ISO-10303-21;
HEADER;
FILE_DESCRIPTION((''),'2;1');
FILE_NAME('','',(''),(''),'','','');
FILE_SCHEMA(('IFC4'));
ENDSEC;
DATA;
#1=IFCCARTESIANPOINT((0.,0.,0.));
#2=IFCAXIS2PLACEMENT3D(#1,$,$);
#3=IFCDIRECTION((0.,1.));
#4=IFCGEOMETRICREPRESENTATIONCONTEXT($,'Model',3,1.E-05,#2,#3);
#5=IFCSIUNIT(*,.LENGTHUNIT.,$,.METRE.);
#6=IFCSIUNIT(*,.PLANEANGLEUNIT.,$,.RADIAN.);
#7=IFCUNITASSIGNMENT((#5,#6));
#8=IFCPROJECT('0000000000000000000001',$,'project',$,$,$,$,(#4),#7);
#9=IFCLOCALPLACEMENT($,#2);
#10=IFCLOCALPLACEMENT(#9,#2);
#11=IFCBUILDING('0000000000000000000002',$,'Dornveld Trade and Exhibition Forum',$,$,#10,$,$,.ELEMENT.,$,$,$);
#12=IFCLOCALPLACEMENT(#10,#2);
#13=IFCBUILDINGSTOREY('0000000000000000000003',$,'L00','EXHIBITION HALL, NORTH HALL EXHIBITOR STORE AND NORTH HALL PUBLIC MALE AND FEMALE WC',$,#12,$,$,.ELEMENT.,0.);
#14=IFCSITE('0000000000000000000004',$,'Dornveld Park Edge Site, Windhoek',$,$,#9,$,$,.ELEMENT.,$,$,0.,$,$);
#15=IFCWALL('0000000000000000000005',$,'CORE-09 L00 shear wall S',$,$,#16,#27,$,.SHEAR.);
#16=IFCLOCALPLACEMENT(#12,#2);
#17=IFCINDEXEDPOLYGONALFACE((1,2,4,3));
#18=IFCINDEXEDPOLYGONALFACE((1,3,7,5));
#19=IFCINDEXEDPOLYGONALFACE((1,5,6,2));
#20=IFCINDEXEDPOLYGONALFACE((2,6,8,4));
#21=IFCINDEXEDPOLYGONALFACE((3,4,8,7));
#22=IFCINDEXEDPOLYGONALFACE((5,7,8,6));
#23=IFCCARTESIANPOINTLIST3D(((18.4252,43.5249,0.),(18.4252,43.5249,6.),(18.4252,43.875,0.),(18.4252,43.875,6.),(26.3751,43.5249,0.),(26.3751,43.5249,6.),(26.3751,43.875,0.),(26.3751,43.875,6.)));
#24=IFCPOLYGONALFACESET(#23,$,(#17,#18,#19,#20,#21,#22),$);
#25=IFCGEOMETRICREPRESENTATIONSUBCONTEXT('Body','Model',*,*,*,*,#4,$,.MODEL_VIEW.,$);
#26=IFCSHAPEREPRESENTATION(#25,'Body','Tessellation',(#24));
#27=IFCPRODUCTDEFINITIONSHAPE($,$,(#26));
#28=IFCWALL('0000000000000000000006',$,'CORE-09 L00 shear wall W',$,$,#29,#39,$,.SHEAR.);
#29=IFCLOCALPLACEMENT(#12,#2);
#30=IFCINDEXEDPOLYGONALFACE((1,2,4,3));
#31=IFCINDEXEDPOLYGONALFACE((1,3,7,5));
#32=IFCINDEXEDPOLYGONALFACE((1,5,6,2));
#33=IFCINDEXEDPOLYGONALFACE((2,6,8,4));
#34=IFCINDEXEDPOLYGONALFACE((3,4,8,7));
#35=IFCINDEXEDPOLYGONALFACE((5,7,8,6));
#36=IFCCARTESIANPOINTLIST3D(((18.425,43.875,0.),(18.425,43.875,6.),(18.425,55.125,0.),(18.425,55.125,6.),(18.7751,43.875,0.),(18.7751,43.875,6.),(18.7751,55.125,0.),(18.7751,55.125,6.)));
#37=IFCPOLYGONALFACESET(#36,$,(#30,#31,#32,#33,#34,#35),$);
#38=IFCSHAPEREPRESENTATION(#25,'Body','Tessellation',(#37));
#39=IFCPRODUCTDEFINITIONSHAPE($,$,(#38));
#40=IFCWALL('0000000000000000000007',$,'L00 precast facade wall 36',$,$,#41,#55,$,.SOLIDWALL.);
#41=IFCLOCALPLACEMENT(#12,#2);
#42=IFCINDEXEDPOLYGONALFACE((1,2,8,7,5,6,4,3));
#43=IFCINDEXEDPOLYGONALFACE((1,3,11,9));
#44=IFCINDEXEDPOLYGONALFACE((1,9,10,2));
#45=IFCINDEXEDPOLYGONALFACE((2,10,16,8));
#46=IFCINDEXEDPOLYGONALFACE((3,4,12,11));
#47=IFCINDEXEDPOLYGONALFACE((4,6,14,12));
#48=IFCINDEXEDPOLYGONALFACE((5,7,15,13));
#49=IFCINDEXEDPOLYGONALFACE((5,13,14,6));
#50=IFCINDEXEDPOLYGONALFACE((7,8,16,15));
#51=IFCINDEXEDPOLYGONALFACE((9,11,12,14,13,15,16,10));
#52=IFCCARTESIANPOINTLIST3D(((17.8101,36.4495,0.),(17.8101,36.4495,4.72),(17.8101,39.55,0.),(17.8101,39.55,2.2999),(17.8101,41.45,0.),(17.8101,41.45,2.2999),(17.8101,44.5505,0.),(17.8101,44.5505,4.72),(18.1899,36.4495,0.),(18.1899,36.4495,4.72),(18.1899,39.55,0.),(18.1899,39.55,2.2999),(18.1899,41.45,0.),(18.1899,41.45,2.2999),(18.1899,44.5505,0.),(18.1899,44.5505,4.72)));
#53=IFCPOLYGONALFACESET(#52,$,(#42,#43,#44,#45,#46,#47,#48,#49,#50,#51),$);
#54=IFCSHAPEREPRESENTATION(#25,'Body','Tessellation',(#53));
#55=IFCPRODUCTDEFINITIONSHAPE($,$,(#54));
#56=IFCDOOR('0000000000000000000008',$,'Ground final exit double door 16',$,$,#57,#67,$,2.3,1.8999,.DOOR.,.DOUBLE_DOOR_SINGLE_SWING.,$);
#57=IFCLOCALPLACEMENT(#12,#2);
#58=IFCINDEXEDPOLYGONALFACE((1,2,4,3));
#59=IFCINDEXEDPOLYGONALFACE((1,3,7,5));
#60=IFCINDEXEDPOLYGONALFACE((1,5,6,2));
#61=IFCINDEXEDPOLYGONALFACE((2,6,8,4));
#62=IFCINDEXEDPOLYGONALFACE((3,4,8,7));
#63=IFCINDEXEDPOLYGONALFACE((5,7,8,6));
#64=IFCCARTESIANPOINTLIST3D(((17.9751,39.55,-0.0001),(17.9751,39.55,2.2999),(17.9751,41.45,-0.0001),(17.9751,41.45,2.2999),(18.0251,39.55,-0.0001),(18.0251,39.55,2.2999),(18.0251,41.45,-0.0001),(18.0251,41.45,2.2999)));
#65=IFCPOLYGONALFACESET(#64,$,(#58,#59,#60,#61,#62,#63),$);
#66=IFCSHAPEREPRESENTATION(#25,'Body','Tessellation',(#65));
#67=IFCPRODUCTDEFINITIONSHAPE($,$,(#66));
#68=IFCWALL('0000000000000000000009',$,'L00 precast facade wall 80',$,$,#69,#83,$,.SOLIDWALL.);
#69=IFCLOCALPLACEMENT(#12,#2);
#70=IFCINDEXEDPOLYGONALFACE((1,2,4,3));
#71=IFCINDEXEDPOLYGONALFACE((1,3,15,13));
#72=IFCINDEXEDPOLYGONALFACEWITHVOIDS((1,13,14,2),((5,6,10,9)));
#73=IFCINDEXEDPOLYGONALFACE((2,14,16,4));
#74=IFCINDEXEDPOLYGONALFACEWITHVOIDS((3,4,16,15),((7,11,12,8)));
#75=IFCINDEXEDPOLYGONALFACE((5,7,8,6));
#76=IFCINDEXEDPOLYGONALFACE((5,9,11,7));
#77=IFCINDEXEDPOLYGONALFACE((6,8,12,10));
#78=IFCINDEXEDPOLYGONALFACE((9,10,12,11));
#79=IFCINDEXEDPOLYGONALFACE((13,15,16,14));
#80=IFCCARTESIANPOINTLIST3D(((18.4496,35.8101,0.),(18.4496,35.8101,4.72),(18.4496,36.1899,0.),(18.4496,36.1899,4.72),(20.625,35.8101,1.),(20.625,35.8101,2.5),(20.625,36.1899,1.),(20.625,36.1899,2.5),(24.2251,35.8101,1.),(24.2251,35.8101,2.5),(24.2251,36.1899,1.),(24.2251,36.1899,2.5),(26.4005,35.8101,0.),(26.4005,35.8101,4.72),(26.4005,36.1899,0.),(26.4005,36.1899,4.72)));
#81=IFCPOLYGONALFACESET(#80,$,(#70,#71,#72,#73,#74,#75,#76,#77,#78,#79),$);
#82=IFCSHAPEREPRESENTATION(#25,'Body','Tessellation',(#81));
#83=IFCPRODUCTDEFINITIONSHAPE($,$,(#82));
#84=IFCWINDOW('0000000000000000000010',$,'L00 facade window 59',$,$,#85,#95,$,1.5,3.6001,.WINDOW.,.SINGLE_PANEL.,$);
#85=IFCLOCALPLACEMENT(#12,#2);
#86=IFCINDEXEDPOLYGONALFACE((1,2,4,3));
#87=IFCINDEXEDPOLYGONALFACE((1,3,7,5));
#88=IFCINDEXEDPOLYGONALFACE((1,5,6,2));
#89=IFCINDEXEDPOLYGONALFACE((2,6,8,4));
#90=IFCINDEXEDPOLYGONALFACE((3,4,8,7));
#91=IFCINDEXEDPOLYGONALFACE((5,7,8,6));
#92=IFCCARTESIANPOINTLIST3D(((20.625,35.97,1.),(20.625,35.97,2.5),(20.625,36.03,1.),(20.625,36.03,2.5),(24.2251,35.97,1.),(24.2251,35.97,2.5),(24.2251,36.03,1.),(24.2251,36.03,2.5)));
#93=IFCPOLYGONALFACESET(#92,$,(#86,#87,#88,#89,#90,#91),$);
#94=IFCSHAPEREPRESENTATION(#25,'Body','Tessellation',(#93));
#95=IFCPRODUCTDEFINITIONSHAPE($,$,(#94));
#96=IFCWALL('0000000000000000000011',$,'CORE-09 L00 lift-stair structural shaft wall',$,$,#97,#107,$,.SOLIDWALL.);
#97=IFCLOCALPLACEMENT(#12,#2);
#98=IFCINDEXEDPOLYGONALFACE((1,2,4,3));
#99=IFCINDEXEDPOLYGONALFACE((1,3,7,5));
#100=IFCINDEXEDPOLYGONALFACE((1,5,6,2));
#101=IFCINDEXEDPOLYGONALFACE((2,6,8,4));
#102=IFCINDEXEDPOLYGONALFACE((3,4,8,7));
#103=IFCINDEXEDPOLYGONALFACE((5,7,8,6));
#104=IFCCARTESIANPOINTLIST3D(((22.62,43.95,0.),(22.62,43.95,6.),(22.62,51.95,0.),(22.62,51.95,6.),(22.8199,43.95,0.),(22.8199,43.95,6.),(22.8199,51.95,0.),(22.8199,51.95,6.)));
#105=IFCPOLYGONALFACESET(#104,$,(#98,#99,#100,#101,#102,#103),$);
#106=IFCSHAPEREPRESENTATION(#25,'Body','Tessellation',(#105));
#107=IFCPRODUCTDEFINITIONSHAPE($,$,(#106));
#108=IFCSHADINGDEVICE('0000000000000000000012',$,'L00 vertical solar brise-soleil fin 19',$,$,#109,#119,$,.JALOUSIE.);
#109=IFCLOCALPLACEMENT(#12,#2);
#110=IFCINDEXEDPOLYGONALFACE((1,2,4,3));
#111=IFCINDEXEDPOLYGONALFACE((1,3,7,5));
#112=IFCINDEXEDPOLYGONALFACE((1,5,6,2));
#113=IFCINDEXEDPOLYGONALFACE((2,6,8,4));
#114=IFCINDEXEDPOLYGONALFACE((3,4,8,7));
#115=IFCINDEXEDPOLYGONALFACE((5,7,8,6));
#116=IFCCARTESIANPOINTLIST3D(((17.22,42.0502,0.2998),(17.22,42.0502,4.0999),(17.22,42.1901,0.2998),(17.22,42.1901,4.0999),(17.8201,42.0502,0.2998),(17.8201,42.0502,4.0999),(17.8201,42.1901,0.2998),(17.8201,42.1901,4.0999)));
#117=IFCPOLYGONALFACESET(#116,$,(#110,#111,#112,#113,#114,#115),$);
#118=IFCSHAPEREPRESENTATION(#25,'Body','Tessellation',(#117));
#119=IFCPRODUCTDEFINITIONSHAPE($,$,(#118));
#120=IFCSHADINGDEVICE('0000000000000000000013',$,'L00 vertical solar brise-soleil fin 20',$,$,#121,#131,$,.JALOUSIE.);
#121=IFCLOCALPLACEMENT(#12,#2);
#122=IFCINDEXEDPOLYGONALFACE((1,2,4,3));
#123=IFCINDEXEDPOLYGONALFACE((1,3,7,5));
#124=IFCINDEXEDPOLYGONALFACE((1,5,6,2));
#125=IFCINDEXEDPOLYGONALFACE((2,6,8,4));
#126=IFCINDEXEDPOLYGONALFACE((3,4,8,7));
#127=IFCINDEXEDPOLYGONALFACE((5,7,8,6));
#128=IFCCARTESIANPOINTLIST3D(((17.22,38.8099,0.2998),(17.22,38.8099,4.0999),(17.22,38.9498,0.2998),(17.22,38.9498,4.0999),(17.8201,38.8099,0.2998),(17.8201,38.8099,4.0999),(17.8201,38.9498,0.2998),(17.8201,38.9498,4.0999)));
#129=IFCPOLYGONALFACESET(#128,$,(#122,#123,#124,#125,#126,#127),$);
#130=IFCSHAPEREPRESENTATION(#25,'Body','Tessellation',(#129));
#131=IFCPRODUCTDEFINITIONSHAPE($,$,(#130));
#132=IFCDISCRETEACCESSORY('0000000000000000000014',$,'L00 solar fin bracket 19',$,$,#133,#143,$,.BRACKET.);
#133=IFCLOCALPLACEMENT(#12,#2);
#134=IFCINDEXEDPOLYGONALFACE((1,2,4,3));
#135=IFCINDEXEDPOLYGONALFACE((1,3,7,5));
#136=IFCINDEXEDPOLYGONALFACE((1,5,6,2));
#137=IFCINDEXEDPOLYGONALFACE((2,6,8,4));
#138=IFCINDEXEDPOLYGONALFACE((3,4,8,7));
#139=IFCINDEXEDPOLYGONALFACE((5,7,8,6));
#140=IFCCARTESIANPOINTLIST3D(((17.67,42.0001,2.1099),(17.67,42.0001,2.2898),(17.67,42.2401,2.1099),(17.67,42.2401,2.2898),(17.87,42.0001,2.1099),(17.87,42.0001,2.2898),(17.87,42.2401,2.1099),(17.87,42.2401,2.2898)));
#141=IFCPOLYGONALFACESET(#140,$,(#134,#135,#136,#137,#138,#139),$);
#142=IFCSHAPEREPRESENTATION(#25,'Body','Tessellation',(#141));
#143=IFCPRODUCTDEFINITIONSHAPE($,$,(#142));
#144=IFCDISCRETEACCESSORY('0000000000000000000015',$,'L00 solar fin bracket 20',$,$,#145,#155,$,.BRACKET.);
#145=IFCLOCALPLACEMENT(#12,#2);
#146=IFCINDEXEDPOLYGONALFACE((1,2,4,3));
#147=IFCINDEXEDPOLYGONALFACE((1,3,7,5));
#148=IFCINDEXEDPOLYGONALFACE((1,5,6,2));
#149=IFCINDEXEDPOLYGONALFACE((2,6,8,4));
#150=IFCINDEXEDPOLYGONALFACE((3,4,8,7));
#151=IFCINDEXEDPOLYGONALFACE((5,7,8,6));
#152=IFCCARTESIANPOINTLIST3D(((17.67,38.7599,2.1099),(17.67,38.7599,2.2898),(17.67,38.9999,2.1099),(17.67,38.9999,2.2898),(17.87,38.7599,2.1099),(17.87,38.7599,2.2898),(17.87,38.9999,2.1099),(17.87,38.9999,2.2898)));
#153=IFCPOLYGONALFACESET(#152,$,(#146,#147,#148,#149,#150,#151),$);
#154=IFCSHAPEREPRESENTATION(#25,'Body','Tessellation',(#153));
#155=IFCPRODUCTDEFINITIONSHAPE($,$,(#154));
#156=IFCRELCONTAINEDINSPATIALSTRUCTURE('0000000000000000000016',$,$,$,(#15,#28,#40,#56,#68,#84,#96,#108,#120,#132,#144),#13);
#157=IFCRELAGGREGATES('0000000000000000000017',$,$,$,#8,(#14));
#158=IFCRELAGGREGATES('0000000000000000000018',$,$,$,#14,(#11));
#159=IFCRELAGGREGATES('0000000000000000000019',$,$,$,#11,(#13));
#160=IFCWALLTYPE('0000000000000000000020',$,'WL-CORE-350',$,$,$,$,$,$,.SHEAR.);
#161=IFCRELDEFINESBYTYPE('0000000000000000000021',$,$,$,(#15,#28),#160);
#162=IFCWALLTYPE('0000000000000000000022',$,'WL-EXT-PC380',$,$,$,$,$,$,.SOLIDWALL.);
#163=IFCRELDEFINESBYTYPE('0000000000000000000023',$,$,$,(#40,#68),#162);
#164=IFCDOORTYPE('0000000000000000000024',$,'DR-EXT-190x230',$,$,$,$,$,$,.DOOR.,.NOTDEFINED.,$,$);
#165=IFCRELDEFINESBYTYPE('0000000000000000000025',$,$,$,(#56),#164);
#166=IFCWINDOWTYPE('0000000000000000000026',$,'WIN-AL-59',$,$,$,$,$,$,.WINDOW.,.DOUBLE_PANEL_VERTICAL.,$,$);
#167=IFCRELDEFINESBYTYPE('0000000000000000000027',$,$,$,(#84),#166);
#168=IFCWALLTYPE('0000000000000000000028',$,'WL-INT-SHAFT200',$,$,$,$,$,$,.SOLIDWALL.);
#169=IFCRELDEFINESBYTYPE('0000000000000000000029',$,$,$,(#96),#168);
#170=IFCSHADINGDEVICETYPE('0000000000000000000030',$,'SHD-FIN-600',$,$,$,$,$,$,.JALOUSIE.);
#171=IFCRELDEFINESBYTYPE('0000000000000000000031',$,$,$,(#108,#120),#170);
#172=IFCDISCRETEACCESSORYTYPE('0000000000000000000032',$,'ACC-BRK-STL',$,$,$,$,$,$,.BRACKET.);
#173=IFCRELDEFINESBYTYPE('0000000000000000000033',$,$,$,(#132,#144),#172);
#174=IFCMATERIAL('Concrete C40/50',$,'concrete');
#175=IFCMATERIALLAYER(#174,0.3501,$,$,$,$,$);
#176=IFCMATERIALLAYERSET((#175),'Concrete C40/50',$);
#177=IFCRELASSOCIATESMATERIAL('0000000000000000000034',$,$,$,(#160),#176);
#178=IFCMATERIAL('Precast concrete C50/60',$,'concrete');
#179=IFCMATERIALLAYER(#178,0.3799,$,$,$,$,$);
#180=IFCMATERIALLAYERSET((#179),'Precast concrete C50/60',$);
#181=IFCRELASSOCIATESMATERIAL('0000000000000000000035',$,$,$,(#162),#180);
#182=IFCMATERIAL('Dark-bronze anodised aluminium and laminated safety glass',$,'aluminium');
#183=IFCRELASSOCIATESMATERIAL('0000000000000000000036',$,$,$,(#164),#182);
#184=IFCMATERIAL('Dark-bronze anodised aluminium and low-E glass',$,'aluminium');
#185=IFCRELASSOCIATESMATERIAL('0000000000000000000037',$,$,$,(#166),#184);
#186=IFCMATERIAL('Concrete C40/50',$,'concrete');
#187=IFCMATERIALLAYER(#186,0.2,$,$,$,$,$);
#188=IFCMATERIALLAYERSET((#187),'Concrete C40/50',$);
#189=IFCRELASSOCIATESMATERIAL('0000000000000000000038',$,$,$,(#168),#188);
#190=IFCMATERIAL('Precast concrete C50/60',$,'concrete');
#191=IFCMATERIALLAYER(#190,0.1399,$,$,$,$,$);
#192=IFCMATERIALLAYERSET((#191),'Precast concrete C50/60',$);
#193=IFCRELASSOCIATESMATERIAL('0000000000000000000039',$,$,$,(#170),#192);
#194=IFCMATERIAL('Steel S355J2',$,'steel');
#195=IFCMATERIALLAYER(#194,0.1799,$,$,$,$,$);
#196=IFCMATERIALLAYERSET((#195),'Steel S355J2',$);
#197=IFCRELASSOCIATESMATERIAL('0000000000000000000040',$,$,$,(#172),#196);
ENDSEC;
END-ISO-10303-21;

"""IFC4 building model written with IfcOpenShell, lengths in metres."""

from ifc_helpers import new_model, si_unit, direction, frame, frame_2d, origin, origin_2d, place, context, subcontext, project, spatial, rectangle, extrude, material, layer, layer_set, type_object, element, fill, save


model = new_model("IFC4")

# Units and contexts
model_context = context("Model", 3, precision=1e-05, world=origin(), true_north=direction((0.0, 1.0)))
body_context = subcontext(model_context, "Body", "Model", "MODEL_VIEW")
ifc_project = project(units=[si_unit("LENGTHUNIT", "METRE"), si_unit("PLANEANGLEUNIT", "RADIAN")], contexts=[model_context])

# Site, building, storey
site_placement = place(None, origin())
site = spatial("IfcSite", under=ifc_project, at=site_placement, Name="Dornveld Park Edge Site, Windhoek", CompositionType="ELEMENT", RefElevation=0.0)
building_placement = place(site_placement, origin())
building = spatial("IfcBuilding", under=site, at=building_placement, Name="Dornveld Trade and Exhibition Forum", CompositionType="ELEMENT")
storey_placement = place(building_placement, origin())
storey = spatial("IfcBuildingStorey", under=building, at=storey_placement, Name="L00", Description="EXHIBITION HALL, NORTH HALL EXHIBITOR STORE AND NORTH HALL PUBLIC MALE AND FEMALE WC", CompositionType="ELEMENT", Elevation=0.0)

# Walls
ifc_material_1 = material(Name="Concrete C40/50", Category="concrete")
ifc_layer_1 = layer(ifc_material_1, 0.3501)
ifc_layer_set_1 = layer_set([ifc_layer_1], Name="Concrete C40/50")
wall_type_1 = type_object("IfcWallType", Name="WL-CORE-350", PredefinedType="SHEAR", material=ifc_layer_set_1)
wall_1_placement = place(storey_placement, frame((18.425, 43.7, 0.0), z_axis=(0.0, 0.0, 1.0), x_axis=(1.0, 0.0, 0.0)))
element("IfcWall", 1, at=wall_1_placement, inside=storey, type_object=wall_type_1, Name="CORE-09 L00 shear wall S", PredefinedType="SHEAR", context=body_context, shape_type="SweptSolid", body=[
    extrude(rectangle(XDim=7.95, YDim=0.3501, at=frame_2d((3.9751, 0.0))), origin(), (0.0, 0.0, 1.0), 6.0),
])
wall_2_placement = place(storey_placement, frame((18.6001, 43.875, 0.0), z_axis=(0.0, 0.0, 1.0), x_axis=(0.0, 1.0, 0.0)))
element("IfcWall", 2, at=wall_2_placement, inside=storey, type_object=wall_type_1, Name="CORE-09 L00 shear wall W", PredefinedType="SHEAR", context=body_context, shape_type="SweptSolid", body=[
    extrude(rectangle(XDim=11.25, YDim=0.3501, at=frame_2d((5.625, 0.0))), origin(), (0.0, 0.0, 1.0), 6.0),
])

# Wall, opening, door
ifc_material_2 = material(Name="Precast concrete C50/60", Category="concrete")
ifc_layer_2 = layer(ifc_material_2, 0.3799)
ifc_layer_set_2 = layer_set([ifc_layer_2], Name="Precast concrete C50/60")
wall_type_2 = type_object("IfcWallType", Name="WL-EXT-PC380", PredefinedType="SOLIDWALL", material=ifc_layer_set_2)
wall_3_placement = place(storey_placement, frame((18.0, 44.5505, 0.0), z_axis=(0.0, 0.0, 1.0), x_axis=(0.0, -1.0, 0.0)))
wall_3 = element("IfcWall", 3, at=wall_3_placement, inside=storey, type_object=wall_type_2, Name="L00 precast facade wall 36", PredefinedType="SOLIDWALL", context=body_context, shape_type="SweptSolid", body=[
    extrude(rectangle(XDim=8.1011, YDim=0.3799, at=frame_2d((4.0505, 0.0))), origin(), (0.0, 0.0, 1.0), 4.72),
])
opening_1_placement = place(wall_3_placement, frame((3.1006, 0.0, 0.0)))
opening_1 = element("IfcOpeningElement", 4, at=opening_1_placement, cuts=wall_3, PredefinedType="OPENING", context=body_context, shape_type="SweptSolid", body=[
    extrude(rectangle(XDim=1.8999, YDim=2.3, at=frame_2d((0.95, 1.1499))), frame((0.0, 0.2, 0.0), z_axis=(0.0, -1.0, 0.0), x_axis=(1.0, 0.0, 0.0)), (0.0, 0.0, 1.0), 0.3999),
])
ifc_material_3 = material(Name="Dark-bronze anodised aluminium and laminated safety glass", Category="aluminium")
door_type = type_object("IfcDoorType", Name="DR-EXT-190x230", OperationType="NOTDEFINED", PredefinedType="DOOR", material=ifc_material_3)
door_placement = place(opening_1_placement, frame((1.8999, 0.0, 0.0), z_axis=(0.0, 0.0, 1.0), x_axis=(-1.0, 0.0, 0.0)))
door = element("IfcDoor", 5, at=door_placement, inside=storey, type_object=door_type, Name="Ground final exit double door 16", OperationType="DOUBLE_DOOR_SINGLE_SWING", OverallHeight=2.3, OverallWidth=1.8999, PredefinedType="DOOR", context=body_context, shape_type="SweptSolid", body=[
    extrude(rectangle(XDim=1.8999, YDim=2.3, at=frame_2d((0.95, 1.1499))), frame((0.0, 0.0249, 0.0), z_axis=(0.0, -1.0, 0.0), x_axis=(1.0, 0.0, 0.0)), (0.0, 0.0, 1.0), 0.05),
])
fill(opening_1, door)

# Wall, opening, window
wall_4_placement = place(storey_placement, frame((18.4495, 36.0, 0.0), z_axis=(0.0, 0.0, 1.0), x_axis=(1.0, 0.0, 0.0)))
wall_4 = element("IfcWall", 6, at=wall_4_placement, inside=storey, type_object=wall_type_2, Name="L00 precast facade wall 80", PredefinedType="SOLIDWALL", context=body_context, shape_type="SweptSolid", body=[
    extrude(rectangle(XDim=7.9509, YDim=0.3799, at=frame_2d((3.9756, 0.0))), origin(), (0.0, 0.0, 1.0), 4.72),
])
opening_2_placement = place(wall_4_placement, frame((2.1755, 0.0, 1.0)))
opening_2 = element("IfcOpeningElement", 7, at=opening_2_placement, cuts=wall_4, PredefinedType="OPENING", context=body_context, shape_type="SweptSolid", body=[
    extrude(rectangle(XDim=3.6001, YDim=1.5, at=frame_2d((1.8, 0.75))), frame((0.0, 0.2, 0.0), z_axis=(0.0, -1.0, 0.0), x_axis=(1.0, 0.0, 0.0)), (0.0, 0.0, 1.0), 0.3999),
])
ifc_material_4 = material(Name="Dark-bronze anodised aluminium and low-E glass", Category="aluminium")
window_type = type_object("IfcWindowType", Name="WIN-AL-59", PartitioningType="DOUBLE_PANEL_VERTICAL", PredefinedType="WINDOW", material=ifc_material_4)
window_placement = place(opening_2_placement, origin())
window = element("IfcWindow", 8, at=window_placement, inside=storey, type_object=window_type, Name="L00 facade window 59", OverallHeight=1.5, OverallWidth=3.6001, PartitioningType="SINGLE_PANEL", PredefinedType="WINDOW", context=body_context, shape_type="SweptSolid", body=[
    extrude(rectangle(XDim=3.6001, YDim=1.5, at=frame_2d((1.8, 0.75))), frame((0.0, 0.03, 0.0), z_axis=(0.0, -1.0, 0.0), x_axis=(1.0, 0.0, 0.0)), (0.0, 0.0, 1.0), 0.0601),
])
fill(opening_2, window)

# Wall
ifc_material_5 = material(Name="Concrete C40/50", Category="concrete")
ifc_layer_3 = layer(ifc_material_5, 0.2)
ifc_layer_set_3 = layer_set([ifc_layer_3], Name="Concrete C40/50")
wall_type_3 = type_object("IfcWallType", Name="WL-INT-SHAFT200", PredefinedType="SOLIDWALL", material=ifc_layer_set_3)
wall_5_placement = place(storey_placement, frame((22.72, 43.95, 0.0), z_axis=(0.0, 0.0, 1.0), x_axis=(0.0, 1.0, 0.0)))
element("IfcWall", 9, at=wall_5_placement, inside=storey, type_object=wall_type_3, Name="CORE-09 L00 lift-stair structural shaft wall", PredefinedType="SOLIDWALL", context=body_context, shape_type="SweptSolid", body=[
    extrude(rectangle(XDim=8.0, YDim=0.2, at=frame_2d((4.0, 0.0))), origin(), (0.0, 0.0, 1.0), 6.0),
])

# Shading devices
ifc_material_6 = material(Name="Precast concrete C50/60", Category="concrete")
ifc_layer_4 = layer(ifc_material_6, 0.1399)
ifc_layer_set_4 = layer_set([ifc_layer_4], Name="Precast concrete C50/60")
shading_device_type = type_object("IfcShadingDeviceType", Name="SHD-FIN-600", PredefinedType="JALOUSIE", material=ifc_layer_set_4)
for number, where, z_axis, x_axis, name in (
    (10, (17.52, 42.1201, 0.2998), (0.0, 0.0, 1.0), (0.0, -1.0, 0.0), "L00 vertical solar brise-soleil fin 19"),
    (11, (17.52, 38.8799, 0.2998), (0.0, 0.0, 1.0), (0.0, -1.0, 0.0), "L00 vertical solar brise-soleil fin 20"),
):
    element("IfcShadingDevice", number, at=place(storey_placement, frame(where, z_axis=z_axis, x_axis=x_axis)), inside=storey, type_object=shading_device_type, Name=name, PredefinedType="JALOUSIE", context=body_context, shape_type="SweptSolid", body=[
        extrude(rectangle(XDim=0.1399, YDim=0.6001, at=origin_2d()), origin(), (0.0, 0.0, 1.0), 3.8),
    ])

# Discrete accessories
ifc_material_7 = material(Name="Steel S355J2", Category="steel")
ifc_layer_5 = layer(ifc_material_7, 0.1799)
ifc_layer_set_5 = layer_set([ifc_layer_5], Name="Steel S355J2")
discrete_accessory_type = type_object("IfcDiscreteAccessoryType", Name="ACC-BRK-STL", PredefinedType="BRACKET", material=ifc_layer_set_5)
for number, where, z_axis, x_axis, name in (
    (12, (17.77, 42.1201, 2.1099), (0.0, 0.0, 1.0), (0.0, -1.0, 0.0), "L00 solar fin bracket 19"),
    (13, (17.77, 38.8799, 2.1099), (0.0, 0.0, 1.0), (0.0, -1.0, 0.0), "L00 solar fin bracket 20"),
):
    element("IfcDiscreteAccessory", number, at=place(storey_placement, frame(where, z_axis=z_axis, x_axis=x_axis)), inside=storey, type_object=discrete_accessory_type, Name=name, PredefinedType="BRACKET", context=body_context, shape_type="SweptSolid", body=[
        extrude(rectangle(XDim=0.24, YDim=0.2, at=origin_2d()), origin(), (0.0, 0.0, 1.0), 0.1799),
    ])

save(model, "model.ifc")
